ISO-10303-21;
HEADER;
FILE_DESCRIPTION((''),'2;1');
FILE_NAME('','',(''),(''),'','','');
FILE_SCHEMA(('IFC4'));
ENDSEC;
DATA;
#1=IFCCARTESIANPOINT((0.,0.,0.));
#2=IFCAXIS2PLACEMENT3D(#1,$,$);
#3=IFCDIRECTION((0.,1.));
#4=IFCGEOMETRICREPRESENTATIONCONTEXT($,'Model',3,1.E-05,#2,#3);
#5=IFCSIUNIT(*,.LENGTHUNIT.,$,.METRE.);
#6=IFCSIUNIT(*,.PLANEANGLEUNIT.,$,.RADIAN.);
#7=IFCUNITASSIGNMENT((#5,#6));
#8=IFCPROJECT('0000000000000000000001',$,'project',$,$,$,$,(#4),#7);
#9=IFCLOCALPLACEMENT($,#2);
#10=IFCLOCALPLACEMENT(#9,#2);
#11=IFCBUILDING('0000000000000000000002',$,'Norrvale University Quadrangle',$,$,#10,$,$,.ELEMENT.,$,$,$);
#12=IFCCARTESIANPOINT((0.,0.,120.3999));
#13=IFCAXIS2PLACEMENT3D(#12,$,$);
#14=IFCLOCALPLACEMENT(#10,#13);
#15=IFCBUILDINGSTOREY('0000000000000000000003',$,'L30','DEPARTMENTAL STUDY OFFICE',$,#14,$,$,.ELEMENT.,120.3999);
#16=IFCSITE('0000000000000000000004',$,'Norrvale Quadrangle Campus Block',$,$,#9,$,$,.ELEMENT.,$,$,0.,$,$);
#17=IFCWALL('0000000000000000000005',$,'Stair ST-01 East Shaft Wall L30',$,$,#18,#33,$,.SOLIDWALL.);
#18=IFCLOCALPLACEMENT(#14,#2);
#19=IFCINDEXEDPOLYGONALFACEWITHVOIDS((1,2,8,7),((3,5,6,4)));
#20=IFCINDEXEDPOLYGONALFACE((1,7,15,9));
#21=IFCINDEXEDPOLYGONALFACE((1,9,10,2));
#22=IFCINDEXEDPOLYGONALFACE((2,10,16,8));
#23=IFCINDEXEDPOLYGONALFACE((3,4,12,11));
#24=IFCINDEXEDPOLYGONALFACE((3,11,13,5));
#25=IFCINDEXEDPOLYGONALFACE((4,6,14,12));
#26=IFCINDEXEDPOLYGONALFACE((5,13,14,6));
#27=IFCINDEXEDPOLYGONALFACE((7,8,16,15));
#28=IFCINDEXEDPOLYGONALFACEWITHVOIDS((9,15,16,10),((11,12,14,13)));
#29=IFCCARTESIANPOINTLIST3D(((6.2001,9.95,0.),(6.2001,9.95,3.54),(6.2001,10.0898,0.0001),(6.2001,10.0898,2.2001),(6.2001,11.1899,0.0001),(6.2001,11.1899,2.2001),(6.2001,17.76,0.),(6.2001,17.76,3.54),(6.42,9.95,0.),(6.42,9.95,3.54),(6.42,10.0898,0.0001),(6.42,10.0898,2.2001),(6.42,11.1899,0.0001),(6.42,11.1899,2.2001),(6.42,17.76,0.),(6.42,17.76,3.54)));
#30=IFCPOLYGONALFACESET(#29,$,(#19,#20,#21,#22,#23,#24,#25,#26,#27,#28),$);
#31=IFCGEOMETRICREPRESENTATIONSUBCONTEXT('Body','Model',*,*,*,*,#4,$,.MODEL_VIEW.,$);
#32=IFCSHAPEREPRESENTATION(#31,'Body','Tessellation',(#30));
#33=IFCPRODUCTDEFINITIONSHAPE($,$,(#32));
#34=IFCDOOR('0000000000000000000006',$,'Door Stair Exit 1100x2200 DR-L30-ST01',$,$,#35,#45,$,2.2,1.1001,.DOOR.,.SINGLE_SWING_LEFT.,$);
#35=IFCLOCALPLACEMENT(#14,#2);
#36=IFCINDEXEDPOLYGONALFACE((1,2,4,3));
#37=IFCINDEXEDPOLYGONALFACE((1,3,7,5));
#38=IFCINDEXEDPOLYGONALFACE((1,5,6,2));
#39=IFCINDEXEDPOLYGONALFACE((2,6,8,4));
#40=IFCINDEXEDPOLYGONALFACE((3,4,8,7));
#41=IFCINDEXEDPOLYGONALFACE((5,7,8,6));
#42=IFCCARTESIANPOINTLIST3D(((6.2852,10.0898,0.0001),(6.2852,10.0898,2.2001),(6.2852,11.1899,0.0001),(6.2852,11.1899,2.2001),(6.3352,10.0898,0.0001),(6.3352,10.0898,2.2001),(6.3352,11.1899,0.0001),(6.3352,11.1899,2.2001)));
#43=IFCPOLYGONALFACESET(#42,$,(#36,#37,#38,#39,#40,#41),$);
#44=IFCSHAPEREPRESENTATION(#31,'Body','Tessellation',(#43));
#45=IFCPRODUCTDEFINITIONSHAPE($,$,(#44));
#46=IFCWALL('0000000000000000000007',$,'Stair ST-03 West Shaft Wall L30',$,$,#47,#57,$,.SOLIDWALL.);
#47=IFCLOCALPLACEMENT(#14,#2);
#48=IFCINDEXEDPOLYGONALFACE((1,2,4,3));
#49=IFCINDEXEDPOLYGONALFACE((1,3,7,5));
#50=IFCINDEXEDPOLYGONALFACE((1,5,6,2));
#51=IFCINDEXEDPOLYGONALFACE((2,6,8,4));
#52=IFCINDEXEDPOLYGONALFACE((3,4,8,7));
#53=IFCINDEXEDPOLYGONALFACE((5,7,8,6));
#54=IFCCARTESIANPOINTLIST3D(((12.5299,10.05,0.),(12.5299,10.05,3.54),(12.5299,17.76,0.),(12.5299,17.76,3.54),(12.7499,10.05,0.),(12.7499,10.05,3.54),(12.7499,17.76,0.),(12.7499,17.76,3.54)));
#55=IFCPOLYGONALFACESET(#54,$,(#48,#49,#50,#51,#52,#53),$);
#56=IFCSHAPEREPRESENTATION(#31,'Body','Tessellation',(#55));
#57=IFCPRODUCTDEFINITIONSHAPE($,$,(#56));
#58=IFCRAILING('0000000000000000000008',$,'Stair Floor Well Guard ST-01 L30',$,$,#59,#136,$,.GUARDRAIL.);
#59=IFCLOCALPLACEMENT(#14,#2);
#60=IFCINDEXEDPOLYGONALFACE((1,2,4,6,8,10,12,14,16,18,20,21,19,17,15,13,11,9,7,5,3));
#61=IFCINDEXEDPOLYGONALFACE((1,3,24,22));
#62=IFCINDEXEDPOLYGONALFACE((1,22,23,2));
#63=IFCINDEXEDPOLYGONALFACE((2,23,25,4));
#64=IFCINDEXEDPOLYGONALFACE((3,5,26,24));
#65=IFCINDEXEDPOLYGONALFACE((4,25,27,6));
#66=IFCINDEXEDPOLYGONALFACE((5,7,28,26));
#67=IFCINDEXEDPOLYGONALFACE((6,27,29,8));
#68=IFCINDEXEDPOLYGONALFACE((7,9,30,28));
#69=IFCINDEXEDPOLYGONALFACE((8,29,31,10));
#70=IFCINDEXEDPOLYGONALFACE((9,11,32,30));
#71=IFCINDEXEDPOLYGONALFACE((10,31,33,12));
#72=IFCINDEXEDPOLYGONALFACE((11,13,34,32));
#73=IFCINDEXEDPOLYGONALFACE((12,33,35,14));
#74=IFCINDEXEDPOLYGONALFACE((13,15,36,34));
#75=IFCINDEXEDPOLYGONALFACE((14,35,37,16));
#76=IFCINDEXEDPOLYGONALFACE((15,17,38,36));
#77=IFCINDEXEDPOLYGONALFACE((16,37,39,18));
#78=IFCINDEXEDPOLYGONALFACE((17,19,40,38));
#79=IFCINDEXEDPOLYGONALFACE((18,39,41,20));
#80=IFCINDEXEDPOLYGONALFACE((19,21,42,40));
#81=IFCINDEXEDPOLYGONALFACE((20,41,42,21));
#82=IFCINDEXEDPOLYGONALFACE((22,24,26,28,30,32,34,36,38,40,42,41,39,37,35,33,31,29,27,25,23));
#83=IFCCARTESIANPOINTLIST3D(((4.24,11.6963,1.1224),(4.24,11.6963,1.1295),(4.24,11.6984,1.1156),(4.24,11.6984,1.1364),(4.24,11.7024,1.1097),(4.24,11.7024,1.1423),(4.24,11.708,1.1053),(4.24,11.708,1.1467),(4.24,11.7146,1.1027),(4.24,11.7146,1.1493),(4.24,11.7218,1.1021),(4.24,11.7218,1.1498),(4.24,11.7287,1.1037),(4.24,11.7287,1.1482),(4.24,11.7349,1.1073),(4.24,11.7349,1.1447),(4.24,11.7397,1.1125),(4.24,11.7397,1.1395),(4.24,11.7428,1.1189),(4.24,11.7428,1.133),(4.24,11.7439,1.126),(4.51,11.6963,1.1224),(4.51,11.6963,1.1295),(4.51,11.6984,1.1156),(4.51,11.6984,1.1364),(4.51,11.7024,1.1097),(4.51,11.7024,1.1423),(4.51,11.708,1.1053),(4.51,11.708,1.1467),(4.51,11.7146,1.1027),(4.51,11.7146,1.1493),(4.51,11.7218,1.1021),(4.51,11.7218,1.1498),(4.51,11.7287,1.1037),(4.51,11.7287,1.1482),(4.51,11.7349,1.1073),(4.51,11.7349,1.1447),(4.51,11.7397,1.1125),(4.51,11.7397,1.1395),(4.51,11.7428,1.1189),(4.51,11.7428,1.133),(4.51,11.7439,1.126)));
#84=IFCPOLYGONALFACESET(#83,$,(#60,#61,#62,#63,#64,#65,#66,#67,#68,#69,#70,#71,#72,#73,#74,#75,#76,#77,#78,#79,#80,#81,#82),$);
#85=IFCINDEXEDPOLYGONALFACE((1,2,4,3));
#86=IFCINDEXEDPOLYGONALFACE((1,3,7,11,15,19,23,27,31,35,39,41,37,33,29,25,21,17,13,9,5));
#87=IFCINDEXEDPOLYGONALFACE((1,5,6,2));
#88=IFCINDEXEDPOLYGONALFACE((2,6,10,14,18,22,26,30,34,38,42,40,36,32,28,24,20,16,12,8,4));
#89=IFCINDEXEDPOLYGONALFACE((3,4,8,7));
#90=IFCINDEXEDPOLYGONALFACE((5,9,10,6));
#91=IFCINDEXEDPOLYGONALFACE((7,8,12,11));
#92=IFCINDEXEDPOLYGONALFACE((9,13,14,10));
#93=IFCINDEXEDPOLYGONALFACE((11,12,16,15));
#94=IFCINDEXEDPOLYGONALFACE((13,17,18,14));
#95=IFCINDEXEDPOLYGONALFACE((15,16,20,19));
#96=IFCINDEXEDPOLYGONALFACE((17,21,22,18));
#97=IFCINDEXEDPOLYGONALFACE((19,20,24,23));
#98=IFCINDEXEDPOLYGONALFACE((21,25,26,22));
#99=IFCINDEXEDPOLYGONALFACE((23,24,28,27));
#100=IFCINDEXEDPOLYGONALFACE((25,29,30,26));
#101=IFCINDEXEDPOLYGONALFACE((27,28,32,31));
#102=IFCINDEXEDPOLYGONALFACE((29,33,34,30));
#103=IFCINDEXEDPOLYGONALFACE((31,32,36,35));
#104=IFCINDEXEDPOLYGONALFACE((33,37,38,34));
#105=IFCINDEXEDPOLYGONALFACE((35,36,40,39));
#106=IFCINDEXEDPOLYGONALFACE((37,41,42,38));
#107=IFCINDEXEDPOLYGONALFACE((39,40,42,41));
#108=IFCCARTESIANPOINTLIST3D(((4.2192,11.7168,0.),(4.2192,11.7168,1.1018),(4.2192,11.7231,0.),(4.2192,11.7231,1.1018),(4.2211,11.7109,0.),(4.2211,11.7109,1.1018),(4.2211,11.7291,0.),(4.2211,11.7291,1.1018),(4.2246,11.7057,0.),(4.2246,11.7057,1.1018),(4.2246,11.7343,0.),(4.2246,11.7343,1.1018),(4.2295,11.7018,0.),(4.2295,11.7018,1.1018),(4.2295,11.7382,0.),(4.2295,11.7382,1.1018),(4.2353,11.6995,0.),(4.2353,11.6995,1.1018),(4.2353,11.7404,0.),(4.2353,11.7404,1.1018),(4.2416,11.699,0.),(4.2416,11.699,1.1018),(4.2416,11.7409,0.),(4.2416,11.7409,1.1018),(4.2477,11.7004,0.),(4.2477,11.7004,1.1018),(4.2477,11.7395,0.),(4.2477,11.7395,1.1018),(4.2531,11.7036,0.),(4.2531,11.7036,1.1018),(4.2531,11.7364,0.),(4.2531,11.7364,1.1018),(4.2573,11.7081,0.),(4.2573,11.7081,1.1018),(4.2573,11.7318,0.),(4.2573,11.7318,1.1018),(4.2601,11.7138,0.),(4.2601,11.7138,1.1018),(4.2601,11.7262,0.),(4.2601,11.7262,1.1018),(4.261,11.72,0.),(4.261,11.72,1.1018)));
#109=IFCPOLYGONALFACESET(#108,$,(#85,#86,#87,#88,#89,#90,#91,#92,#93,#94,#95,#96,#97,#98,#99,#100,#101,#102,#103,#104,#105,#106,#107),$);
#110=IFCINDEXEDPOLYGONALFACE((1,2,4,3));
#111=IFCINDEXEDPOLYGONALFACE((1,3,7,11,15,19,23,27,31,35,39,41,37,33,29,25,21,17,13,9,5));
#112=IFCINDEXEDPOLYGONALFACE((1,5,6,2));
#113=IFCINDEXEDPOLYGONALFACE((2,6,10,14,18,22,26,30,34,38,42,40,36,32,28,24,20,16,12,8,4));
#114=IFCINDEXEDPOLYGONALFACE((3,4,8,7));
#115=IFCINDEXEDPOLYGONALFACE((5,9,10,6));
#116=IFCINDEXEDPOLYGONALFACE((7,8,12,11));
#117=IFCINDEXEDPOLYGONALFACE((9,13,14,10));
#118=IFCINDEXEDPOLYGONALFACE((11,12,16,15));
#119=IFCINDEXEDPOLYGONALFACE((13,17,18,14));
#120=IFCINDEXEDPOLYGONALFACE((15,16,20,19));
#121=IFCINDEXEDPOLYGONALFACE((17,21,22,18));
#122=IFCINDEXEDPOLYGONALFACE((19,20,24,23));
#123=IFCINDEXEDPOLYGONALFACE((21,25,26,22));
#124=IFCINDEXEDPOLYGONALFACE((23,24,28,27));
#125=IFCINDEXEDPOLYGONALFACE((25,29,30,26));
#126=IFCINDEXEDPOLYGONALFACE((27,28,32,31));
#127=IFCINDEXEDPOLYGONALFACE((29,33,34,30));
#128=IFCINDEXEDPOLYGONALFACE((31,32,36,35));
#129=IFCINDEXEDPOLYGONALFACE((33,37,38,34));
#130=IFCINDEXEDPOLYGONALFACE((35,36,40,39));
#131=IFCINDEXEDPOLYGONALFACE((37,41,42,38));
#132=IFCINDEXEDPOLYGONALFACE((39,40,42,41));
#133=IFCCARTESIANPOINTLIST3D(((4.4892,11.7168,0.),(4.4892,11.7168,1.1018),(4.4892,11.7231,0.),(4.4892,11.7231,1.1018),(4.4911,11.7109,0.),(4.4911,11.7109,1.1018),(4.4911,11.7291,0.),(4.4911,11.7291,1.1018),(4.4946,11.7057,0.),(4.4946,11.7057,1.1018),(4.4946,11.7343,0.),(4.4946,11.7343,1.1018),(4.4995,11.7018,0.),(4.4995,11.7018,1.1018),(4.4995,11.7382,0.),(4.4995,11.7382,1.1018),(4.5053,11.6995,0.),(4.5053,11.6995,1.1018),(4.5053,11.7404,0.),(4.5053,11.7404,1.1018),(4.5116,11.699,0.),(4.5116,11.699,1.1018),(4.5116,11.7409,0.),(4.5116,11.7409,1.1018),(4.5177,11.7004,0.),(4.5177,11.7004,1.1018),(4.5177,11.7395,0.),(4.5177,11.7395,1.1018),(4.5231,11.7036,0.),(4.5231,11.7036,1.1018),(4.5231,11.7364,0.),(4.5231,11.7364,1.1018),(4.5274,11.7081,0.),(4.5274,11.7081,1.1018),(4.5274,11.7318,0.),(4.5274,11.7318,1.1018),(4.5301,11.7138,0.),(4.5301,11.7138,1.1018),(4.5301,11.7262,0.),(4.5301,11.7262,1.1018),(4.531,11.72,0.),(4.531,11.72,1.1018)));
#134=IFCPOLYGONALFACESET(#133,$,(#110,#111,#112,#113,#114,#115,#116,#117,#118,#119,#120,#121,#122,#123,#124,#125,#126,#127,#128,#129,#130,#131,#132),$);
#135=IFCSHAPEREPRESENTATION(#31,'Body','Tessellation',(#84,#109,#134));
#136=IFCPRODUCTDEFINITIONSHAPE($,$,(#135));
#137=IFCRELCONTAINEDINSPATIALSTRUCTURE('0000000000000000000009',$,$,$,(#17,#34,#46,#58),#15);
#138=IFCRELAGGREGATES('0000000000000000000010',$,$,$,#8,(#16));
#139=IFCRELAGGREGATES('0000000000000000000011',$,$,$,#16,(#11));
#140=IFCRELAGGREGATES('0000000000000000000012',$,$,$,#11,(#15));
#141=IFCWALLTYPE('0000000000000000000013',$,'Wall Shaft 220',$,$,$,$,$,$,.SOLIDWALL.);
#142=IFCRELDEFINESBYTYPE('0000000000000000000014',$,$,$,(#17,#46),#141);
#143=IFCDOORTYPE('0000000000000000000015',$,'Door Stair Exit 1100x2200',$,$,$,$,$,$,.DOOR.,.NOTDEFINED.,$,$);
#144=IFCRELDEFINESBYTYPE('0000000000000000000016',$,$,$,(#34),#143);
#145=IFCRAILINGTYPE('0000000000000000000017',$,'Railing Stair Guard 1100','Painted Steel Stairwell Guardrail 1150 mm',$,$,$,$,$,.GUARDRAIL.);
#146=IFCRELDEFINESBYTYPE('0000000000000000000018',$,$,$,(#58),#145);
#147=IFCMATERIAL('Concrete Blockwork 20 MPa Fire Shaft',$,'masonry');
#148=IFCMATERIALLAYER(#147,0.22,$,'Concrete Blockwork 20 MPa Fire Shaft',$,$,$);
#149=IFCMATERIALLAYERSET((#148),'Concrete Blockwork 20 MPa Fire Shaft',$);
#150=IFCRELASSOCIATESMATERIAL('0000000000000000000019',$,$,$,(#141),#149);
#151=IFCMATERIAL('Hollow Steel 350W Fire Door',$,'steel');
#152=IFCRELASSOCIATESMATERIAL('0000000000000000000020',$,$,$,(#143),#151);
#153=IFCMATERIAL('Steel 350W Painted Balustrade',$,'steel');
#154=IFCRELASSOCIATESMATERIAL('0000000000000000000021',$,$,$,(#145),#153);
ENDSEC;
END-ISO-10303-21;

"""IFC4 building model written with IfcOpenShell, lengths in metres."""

from ifc_helpers import new_model, si_unit, direction, frame, frame_2d, origin, origin_2d, place, context, subcontext, project, spatial, rectangle, circle, extrude, material, layer, layer_set, type_object, element, fill, save


model = new_model("IFC4")

# Units and contexts
model_context = context("Model", 3, precision=1e-05, world=origin(), true_north=direction((0.0, 1.0)))
body_context = subcontext(model_context, "Body", "Model", "MODEL_VIEW")
ifc_project = project(units=[si_unit("LENGTHUNIT", "METRE"), si_unit("PLANEANGLEUNIT", "RADIAN")], contexts=[model_context])

# Site, building, storey
site_placement = place(None, origin())
site = spatial("IfcSite", under=ifc_project, at=site_placement, Name="Norrvale Quadrangle Campus Block", CompositionType="ELEMENT", RefElevation=0.0)
building_placement = place(site_placement, origin())
building = spatial("IfcBuilding", under=site, at=building_placement, Name="Norrvale University Quadrangle", CompositionType="ELEMENT")
storey_placement = place(building_placement, frame((0.0, 0.0, 120.3999)))
storey = spatial("IfcBuildingStorey", under=building, at=storey_placement, Name="L30", Description="DEPARTMENTAL STUDY OFFICE", CompositionType="ELEMENT", Elevation=120.3999)

# Wall, opening, door
ifc_material_1 = material(Name="Concrete Blockwork 20 MPa Fire Shaft", Category="masonry")
ifc_layer_1 = layer(ifc_material_1, 0.22, Name="Concrete Blockwork 20 MPa Fire Shaft")
ifc_layer_set_1 = layer_set([ifc_layer_1], Name="Concrete Blockwork 20 MPa Fire Shaft")
wall_type_1 = type_object("IfcWallType", Name="Wall Shaft 220", PredefinedType="SOLIDWALL", material=ifc_layer_set_1)
wall_1_placement = place(storey_placement, frame((6.3101, 9.95, 0.0), z_axis=(0.0, 0.0, 1.0), x_axis=(0.0, 1.0, 0.0)))
wall_1 = element("IfcWall", 1, at=wall_1_placement, inside=storey, type_object=wall_type_1, Name="Stair ST-01 East Shaft Wall L30", PredefinedType="SOLIDWALL", context=body_context, shape_type="SweptSolid", body=[
    extrude(rectangle(XDim=7.8101, YDim=0.22, at=frame_2d((3.905, 0.0))), origin(), (0.0, 0.0, 1.0), 3.54),
])
opening_1_placement = place(wall_1_placement, frame((0.1399, 0.0, 0.0)))
opening_1 = element("IfcOpeningElement", 2, at=opening_1_placement, cuts=wall_1, PredefinedType="OPENING", context=body_context, shape_type="SweptSolid", body=[
    extrude(rectangle(XDim=1.1001, YDim=2.2, at=frame_2d((0.55, 1.1001))), frame((0.0, 0.1221, 0.0), z_axis=(0.0, -1.0, 0.0), x_axis=(1.0, 0.0, 0.0)), (0.0, 0.0, 1.0), 0.2439),
])
ifc_material_2 = material(Name="Hollow Steel 350W Fire Door", Category="steel")
door_type = type_object("IfcDoorType", Name="Door Stair Exit 1100x2200", OperationType="NOTDEFINED", PredefinedType="DOOR", material=ifc_material_2)
door_placement = place(opening_1_placement, origin())
door = element("IfcDoor", 3, at=door_placement, inside=storey, type_object=door_type, Name="Door Stair Exit 1100x2200 DR-L30-ST01", OperationType="SINGLE_SWING_LEFT", OverallHeight=2.2, OverallWidth=1.1001, PredefinedType="DOOR", context=body_context, shape_type="SweptSolid", body=[
    extrude(rectangle(XDim=1.1001, YDim=2.2, at=frame_2d((0.55, 1.1001))), frame((0.0, 0.0249, 0.0), z_axis=(0.0, -1.0, 0.0), x_axis=(1.0, 0.0, 0.0)), (0.0, 0.0, 1.0), 0.05),
])
fill(opening_1, door)

# Wall
wall_2_placement = place(storey_placement, frame((12.6399, 10.05, 0.0), z_axis=(0.0, 0.0, 1.0), x_axis=(0.0, 1.0, 0.0)))
element("IfcWall", 4, at=wall_2_placement, inside=storey, type_object=wall_type_1, Name="Stair ST-03 West Shaft Wall L30", PredefinedType="SOLIDWALL", context=body_context, shape_type="SweptSolid", body=[
    extrude(rectangle(XDim=7.71, YDim=0.22, at=frame_2d((3.855, 0.0))), origin(), (0.0, 0.0, 1.0), 3.54),
])

# Railing
ifc_material_3 = material(Name="Steel 350W Painted Balustrade", Category="steel")
railing_type_1 = type_object("IfcRailingType", Name="Railing Stair Guard 1100", Description="Painted Steel Stairwell Guardrail 1150 mm", PredefinedType="GUARDRAIL", material=ifc_material_3)
for number, where, name in (
    (5, (4.24, 11.72, 0.0), "Stair Floor Well Guard ST-01 L30"),
):
    element("IfcRailing", number, at=place(storey_placement, frame(where)), inside=storey, type_object=railing_type_1, Name=name, PredefinedType="GUARDRAIL", context=body_context, shape_type="SweptSolid", body=[
        extrude(circle(Radius=0.0239, at=origin_2d()), frame((0.0, 0.0, 1.126), z_axis=(1.0, 0.0, 0.0), x_axis=(0.0, 1.0, 0.0)), (0.0, 0.0, 1.0), 0.27),
        extrude(circle(Radius=0.021, at=origin_2d()), origin(), (0.0, 0.0, 1.0), 1.1018),
        extrude(circle(Radius=0.021, at=origin_2d()), frame((0.27, 0.0, 0.0)), (0.0, 0.0, 1.0), 1.1018),
    ])

save(model, "model.ifc")
